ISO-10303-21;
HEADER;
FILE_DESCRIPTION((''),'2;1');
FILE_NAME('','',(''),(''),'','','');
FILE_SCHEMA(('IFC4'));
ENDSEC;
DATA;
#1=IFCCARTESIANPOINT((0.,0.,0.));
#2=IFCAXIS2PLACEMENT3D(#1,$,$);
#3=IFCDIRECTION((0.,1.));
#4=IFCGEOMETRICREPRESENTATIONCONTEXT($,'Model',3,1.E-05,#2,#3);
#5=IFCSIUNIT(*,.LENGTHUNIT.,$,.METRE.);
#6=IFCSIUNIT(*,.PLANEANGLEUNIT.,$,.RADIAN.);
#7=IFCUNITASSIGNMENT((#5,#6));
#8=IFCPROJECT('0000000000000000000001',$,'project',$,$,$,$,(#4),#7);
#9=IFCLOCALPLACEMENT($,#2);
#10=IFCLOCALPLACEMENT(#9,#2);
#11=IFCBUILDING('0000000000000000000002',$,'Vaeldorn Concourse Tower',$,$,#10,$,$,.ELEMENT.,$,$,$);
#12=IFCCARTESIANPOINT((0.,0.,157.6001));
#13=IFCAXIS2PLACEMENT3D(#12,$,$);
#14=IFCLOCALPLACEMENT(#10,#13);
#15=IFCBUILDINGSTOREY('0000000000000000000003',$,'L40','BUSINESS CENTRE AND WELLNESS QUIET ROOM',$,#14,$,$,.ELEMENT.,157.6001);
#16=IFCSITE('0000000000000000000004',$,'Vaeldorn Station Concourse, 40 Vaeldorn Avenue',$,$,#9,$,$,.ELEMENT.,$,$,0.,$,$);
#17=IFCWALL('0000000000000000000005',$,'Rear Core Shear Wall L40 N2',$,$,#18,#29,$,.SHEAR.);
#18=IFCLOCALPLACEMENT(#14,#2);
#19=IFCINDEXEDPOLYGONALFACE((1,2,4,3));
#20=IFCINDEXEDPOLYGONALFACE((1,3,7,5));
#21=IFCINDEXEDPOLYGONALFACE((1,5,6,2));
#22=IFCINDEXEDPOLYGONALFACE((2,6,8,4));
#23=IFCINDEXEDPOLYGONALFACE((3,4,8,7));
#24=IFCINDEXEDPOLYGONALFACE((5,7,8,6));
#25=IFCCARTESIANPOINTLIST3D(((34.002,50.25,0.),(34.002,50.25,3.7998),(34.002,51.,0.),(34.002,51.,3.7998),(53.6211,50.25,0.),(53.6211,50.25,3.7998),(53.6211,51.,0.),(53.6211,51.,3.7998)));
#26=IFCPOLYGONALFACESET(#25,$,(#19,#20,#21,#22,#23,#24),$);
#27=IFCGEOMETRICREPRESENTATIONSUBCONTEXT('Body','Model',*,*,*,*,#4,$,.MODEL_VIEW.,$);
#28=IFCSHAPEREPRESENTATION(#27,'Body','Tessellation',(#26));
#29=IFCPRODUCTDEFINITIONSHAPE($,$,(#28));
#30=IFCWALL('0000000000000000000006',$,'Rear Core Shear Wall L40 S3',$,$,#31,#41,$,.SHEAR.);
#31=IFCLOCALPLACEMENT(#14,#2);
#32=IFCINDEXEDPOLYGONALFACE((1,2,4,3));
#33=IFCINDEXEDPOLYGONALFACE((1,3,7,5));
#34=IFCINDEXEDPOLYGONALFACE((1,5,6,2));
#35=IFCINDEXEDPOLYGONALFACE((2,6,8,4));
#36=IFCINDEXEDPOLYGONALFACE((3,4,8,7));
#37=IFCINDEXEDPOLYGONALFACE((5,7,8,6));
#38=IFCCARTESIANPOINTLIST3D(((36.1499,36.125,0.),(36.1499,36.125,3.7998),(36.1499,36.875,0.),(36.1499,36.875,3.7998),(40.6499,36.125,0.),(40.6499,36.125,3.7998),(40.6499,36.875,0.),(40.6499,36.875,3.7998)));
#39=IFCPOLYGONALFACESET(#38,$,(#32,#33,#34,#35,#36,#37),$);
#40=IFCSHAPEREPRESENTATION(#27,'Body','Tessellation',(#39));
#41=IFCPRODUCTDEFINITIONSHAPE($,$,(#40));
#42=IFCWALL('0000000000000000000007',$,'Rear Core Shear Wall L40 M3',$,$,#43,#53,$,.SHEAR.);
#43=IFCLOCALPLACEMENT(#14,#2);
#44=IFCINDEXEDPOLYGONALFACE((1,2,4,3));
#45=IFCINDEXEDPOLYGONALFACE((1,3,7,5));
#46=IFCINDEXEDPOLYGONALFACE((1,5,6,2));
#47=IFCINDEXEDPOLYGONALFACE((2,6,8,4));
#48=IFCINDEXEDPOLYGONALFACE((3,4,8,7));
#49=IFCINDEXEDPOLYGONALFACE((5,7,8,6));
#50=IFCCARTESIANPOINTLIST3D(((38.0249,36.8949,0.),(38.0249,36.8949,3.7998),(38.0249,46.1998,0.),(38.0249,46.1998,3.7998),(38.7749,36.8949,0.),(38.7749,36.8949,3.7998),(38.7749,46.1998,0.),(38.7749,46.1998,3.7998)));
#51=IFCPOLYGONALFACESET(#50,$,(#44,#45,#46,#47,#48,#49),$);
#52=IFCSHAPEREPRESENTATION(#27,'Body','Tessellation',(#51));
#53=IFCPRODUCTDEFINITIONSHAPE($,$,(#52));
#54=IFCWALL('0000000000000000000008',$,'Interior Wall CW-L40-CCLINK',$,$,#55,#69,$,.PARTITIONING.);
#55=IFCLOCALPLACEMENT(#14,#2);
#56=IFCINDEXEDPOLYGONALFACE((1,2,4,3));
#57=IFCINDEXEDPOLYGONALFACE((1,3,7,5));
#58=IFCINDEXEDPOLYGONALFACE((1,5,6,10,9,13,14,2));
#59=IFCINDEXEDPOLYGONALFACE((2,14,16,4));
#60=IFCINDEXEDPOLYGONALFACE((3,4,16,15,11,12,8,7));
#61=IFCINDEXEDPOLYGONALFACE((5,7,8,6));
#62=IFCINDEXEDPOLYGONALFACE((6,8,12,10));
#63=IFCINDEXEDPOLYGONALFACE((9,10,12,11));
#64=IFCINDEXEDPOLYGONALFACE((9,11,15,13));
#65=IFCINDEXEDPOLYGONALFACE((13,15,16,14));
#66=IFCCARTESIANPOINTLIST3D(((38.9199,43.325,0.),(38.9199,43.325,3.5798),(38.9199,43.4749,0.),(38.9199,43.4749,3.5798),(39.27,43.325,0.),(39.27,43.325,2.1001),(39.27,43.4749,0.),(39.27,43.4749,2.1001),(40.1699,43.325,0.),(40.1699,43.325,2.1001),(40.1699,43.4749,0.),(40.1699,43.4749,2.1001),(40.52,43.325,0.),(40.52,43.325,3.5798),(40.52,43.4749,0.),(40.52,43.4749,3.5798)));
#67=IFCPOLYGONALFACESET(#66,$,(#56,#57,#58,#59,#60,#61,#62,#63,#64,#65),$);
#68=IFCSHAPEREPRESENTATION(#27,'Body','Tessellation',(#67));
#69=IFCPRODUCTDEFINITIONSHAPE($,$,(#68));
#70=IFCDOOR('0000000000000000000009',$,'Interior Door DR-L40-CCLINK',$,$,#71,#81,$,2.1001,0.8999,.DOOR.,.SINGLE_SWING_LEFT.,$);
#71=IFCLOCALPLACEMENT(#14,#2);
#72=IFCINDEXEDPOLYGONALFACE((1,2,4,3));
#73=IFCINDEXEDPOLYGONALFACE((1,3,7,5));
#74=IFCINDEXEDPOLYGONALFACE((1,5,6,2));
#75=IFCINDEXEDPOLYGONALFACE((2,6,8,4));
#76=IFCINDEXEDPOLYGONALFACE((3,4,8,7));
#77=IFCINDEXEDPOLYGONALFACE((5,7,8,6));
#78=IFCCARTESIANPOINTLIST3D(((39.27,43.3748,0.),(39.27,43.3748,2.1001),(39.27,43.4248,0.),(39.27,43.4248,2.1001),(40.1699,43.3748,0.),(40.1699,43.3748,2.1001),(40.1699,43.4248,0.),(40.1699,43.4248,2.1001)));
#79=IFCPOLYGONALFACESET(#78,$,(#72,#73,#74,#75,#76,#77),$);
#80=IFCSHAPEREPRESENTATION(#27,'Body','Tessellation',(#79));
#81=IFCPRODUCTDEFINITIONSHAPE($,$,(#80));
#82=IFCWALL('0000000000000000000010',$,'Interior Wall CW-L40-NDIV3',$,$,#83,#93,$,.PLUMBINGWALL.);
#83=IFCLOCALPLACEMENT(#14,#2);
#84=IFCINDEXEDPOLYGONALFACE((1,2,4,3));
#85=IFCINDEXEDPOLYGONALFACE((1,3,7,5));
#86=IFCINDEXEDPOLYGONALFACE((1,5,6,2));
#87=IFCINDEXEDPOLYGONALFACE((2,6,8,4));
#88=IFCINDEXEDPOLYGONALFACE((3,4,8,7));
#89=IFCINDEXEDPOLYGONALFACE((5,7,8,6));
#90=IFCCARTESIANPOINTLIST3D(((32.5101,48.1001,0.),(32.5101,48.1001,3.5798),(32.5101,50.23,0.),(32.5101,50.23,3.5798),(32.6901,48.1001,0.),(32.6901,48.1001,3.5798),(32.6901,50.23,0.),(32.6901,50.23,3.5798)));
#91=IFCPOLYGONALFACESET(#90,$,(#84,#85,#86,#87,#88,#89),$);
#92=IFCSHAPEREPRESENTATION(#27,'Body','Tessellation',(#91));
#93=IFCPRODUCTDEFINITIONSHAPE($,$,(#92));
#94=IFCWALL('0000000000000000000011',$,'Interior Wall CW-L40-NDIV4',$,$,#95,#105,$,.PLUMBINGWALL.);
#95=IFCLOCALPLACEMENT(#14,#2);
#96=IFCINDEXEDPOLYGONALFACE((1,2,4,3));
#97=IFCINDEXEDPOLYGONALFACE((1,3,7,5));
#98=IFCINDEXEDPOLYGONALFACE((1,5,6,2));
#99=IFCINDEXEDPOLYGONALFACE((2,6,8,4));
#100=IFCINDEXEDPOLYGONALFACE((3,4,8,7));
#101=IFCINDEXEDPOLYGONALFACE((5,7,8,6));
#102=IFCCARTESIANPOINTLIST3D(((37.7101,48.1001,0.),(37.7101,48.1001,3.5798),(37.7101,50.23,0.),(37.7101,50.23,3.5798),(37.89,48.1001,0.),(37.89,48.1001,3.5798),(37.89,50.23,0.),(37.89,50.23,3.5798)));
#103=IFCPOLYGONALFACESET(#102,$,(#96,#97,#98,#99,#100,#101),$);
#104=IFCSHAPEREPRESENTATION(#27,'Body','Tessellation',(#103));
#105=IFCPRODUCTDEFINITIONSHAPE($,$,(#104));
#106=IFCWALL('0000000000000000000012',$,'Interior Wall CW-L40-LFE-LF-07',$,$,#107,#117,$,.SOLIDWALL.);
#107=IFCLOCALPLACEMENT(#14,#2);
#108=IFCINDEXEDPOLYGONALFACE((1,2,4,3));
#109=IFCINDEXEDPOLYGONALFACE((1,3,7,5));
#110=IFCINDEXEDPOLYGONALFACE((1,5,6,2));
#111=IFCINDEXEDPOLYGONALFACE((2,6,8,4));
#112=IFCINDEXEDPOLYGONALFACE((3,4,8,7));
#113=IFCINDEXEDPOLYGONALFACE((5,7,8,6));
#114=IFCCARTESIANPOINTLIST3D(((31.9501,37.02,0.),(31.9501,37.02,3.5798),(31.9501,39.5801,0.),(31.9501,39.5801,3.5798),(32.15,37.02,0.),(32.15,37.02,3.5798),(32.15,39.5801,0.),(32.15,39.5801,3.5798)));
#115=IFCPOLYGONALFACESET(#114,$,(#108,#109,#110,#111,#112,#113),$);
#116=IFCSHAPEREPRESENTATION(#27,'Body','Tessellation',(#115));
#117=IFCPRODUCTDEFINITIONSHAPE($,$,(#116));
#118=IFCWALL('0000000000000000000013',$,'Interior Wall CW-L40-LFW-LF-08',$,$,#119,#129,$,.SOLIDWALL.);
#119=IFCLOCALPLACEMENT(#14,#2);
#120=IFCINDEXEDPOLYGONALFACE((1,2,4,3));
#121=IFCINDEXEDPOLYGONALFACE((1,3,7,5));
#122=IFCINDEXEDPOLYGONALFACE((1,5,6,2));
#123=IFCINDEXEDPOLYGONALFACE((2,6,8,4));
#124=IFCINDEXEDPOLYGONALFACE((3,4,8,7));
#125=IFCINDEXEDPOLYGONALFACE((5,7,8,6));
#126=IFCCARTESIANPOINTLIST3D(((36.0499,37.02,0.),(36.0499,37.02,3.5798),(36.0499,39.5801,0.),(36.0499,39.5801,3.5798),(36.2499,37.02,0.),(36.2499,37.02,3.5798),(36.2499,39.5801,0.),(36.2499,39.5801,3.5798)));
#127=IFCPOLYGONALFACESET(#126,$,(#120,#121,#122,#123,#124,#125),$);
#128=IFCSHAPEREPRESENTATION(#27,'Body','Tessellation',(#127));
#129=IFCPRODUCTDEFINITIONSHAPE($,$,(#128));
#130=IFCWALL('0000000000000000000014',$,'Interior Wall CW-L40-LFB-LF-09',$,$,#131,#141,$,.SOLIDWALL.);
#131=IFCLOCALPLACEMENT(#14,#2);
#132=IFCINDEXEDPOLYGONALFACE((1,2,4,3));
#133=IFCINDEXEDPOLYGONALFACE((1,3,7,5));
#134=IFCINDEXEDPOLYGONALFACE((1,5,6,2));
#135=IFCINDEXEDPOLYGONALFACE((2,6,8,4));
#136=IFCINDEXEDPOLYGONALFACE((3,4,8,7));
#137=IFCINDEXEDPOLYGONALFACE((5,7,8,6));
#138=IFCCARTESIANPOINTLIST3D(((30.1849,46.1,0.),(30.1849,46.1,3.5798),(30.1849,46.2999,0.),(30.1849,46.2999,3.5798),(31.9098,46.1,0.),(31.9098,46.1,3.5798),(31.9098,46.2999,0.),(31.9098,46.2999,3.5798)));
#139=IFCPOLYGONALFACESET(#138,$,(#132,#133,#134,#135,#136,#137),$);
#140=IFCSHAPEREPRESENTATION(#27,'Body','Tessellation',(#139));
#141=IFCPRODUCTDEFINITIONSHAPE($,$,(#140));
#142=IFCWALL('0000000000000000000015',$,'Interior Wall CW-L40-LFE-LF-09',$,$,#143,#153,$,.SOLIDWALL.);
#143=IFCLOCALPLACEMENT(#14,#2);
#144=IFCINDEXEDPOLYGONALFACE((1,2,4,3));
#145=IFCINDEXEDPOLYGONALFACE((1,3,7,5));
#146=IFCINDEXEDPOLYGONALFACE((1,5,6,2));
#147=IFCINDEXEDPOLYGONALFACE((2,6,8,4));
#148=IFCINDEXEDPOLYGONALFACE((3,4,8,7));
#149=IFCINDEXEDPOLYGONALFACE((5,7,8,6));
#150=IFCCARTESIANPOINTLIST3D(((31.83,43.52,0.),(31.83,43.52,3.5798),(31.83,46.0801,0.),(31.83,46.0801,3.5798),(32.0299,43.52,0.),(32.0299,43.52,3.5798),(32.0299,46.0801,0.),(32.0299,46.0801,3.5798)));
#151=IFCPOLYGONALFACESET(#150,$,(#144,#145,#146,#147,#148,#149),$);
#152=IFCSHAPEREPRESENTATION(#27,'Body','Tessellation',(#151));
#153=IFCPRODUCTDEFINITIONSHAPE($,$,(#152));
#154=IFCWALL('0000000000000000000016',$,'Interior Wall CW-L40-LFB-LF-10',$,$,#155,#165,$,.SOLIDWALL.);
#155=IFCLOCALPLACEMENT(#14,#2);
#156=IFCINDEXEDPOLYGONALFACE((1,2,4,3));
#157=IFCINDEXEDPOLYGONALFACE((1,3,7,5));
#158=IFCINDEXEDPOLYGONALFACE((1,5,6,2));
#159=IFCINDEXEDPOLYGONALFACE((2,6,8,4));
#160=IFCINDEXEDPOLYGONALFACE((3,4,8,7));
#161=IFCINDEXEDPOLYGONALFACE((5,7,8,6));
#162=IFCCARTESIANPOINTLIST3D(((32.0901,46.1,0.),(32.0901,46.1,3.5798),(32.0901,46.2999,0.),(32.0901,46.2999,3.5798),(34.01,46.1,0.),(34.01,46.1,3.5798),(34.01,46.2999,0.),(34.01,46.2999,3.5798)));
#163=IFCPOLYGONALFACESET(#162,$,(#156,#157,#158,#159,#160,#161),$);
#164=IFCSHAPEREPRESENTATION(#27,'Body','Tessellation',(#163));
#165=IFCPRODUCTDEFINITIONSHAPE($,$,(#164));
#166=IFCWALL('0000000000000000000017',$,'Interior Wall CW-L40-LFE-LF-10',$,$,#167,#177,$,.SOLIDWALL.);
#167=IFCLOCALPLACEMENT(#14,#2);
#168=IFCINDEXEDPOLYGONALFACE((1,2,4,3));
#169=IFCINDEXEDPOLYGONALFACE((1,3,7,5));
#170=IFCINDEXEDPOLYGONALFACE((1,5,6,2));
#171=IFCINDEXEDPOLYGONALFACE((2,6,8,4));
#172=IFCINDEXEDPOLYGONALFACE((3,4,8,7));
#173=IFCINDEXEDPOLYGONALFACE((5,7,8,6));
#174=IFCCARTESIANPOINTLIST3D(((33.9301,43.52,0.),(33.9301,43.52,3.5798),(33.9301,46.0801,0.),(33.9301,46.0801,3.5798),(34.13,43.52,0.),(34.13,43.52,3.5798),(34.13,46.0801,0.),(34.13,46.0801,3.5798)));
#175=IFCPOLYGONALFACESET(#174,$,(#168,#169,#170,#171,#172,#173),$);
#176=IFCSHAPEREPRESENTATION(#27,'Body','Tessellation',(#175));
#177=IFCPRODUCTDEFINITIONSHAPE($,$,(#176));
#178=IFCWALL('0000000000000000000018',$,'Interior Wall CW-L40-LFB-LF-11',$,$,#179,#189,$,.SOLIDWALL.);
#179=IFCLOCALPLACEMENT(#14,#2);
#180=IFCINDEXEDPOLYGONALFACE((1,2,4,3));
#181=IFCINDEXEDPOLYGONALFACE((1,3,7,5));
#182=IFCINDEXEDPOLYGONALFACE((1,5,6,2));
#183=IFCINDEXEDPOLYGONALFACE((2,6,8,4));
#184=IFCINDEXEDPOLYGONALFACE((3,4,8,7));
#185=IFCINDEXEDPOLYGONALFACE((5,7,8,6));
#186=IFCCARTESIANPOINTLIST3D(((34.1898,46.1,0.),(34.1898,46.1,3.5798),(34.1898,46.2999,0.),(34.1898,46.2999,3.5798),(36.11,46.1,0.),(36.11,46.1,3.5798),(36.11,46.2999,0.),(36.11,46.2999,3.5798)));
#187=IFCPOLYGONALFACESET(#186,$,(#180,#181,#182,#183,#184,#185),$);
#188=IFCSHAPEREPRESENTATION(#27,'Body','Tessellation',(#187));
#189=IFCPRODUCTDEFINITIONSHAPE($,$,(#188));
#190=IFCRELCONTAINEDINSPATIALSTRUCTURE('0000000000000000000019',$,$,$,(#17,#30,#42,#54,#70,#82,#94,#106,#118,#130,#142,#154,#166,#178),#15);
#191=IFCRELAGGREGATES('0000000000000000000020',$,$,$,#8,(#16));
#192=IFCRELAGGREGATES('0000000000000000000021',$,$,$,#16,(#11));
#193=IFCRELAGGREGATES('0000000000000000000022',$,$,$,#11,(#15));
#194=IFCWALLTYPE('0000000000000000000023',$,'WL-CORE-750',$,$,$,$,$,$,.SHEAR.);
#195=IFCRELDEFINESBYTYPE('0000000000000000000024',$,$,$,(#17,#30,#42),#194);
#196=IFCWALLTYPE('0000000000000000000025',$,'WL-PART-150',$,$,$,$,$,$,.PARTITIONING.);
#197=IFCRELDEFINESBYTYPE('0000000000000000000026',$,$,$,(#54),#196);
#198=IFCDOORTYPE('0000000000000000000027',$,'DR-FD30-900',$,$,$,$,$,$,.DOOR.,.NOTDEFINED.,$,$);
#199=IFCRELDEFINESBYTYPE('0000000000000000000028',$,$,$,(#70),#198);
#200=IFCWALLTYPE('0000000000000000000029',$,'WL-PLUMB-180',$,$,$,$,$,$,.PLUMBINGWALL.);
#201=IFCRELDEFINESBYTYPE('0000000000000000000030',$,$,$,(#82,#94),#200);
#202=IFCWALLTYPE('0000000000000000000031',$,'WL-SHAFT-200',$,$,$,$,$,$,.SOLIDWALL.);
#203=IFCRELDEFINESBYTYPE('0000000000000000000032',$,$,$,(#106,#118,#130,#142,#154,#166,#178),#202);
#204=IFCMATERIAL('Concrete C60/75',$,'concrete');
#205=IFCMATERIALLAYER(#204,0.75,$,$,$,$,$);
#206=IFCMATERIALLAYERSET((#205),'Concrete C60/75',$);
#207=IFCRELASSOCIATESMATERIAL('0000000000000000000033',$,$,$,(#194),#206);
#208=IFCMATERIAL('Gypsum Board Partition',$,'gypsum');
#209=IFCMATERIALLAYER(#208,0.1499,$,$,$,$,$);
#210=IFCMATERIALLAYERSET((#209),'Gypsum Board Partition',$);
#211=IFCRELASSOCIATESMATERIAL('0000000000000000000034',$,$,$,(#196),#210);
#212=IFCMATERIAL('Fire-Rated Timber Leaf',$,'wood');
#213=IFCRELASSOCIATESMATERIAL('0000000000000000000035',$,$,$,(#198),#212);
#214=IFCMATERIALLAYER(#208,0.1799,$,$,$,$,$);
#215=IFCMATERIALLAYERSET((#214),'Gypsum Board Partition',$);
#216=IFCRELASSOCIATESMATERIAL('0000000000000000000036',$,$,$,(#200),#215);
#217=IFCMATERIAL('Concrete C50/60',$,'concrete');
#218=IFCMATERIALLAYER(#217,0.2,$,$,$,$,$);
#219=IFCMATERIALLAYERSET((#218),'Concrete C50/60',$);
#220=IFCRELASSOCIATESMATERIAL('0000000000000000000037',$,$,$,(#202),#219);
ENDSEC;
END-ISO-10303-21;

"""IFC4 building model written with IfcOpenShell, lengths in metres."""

from ifc_helpers import new_model, si_unit, direction, frame, frame_2d, origin, place, context, subcontext, project, spatial, rectangle, extrude, source, transform, mapped, material, layer, layer_set, type_object, element, fill, save


model = new_model("IFC4")

# Units and contexts
model_context = context("Model", 3, precision=1e-05, world=origin(), true_north=direction((0.0, 1.0)))
body_context = subcontext(model_context, "Body", "Model", "MODEL_VIEW")
ifc_project = project(units=[si_unit("LENGTHUNIT", "METRE"), si_unit("PLANEANGLEUNIT", "RADIAN")], contexts=[model_context])

# Site, building, storey
site_placement = place(None, origin())
site = spatial("IfcSite", under=ifc_project, at=site_placement, Name="Vaeldorn Station Concourse, 40 Vaeldorn Avenue", CompositionType="ELEMENT", RefElevation=0.0)
building_placement = place(site_placement, origin())
building = spatial("IfcBuilding", under=site, at=building_placement, Name="Vaeldorn Concourse Tower", CompositionType="ELEMENT")
storey_placement = place(building_placement, frame((0.0, 0.0, 157.6001)))
storey = spatial("IfcBuildingStorey", under=building, at=storey_placement, Name="L40", Description="BUSINESS CENTRE AND WELLNESS QUIET ROOM", CompositionType="ELEMENT", Elevation=157.6001)

# Walls
ifc_material_1 = material(Name="Concrete C60/75", Category="concrete")
ifc_layer_1 = layer(ifc_material_1, 0.75)
ifc_layer_set_1 = layer_set([ifc_layer_1], Name="Concrete C60/75")
wall_type_1 = type_object("IfcWallType", Name="WL-CORE-750", PredefinedType="SHEAR", material=ifc_layer_set_1)
wall_1_placement = place(storey_placement, frame((34.002, 50.625, 0.0), z_axis=(0.0, 0.0, 1.0), x_axis=(1.0, 0.0, 0.0)))
element("IfcWall", 1, at=wall_1_placement, inside=storey, type_object=wall_type_1, Name="Rear Core Shear Wall L40 N2", PredefinedType="SHEAR", context=body_context, shape_type="SweptSolid", body=[
    extrude(rectangle(XDim=19.6191, YDim=0.75, at=frame_2d((9.8096, 0.0))), origin(), (0.0, 0.0, 1.0), 3.7998),
])
wall_2_placement = place(storey_placement, frame((36.1499, 36.5, 0.0), z_axis=(0.0, 0.0, 1.0), x_axis=(1.0, 0.0, 0.0)))
element("IfcWall", 2, at=wall_2_placement, inside=storey, type_object=wall_type_1, Name="Rear Core Shear Wall L40 S3", PredefinedType="SHEAR", context=body_context, shape_type="SweptSolid", body=[
    extrude(rectangle(XDim=4.5, YDim=0.75, at=frame_2d((2.25, 0.0))), origin(), (0.0, 0.0, 1.0), 3.7998),
])
wall_3_placement = place(storey_placement, frame((38.3999, 36.895, 0.0), z_axis=(0.0, 0.0, 1.0), x_axis=(0.0, 1.0, 0.0)))
element("IfcWall", 3, at=wall_3_placement, inside=storey, type_object=wall_type_1, Name="Rear Core Shear Wall L40 M3", PredefinedType="SHEAR", context=body_context, shape_type="SweptSolid", body=[
    extrude(rectangle(XDim=9.3049, YDim=0.75, at=frame_2d((4.6523, 0.0))), origin(), (0.0, 0.0, 1.0), 3.7998),
])

# Wall, opening, door
ifc_material_2 = material(Name="Gypsum Board Partition", Category="gypsum")
ifc_layer_2 = layer(ifc_material_2, 0.1499)
ifc_layer_set_2 = layer_set([ifc_layer_2], Name="Gypsum Board Partition")
wall_type_2 = type_object("IfcWallType", Name="WL-PART-150", PredefinedType="PARTITIONING", material=ifc_layer_set_2)
wall_4_placement = place(storey_placement, frame((38.9199, 43.3999, 0.0), z_axis=(0.0, 0.0, 1.0), x_axis=(1.0, 0.0, 0.0)))
wall_4 = element("IfcWall", 4, at=wall_4_placement, inside=storey, type_object=wall_type_2, Name="Interior Wall CW-L40-CCLINK", PredefinedType="PARTITIONING", context=body_context, shape_type="SweptSolid", body=[
    extrude(rectangle(XDim=1.6001, YDim=0.1499, at=frame_2d((0.8, 0.0))), origin(), (0.0, 0.0, 1.0), 3.5798),
])
opening_1_placement = place(wall_4_placement, frame((0.3501, 0.0, 0.0)))
opening_1 = element("IfcOpeningElement", 5, at=opening_1_placement, cuts=wall_4, PredefinedType="OPENING", context=body_context, shape_type="SweptSolid", body=[
    extrude(rectangle(XDim=0.8999, YDim=2.1001, at=frame_2d((0.45, 1.05))), frame((0.0, 0.085, 0.0), z_axis=(0.0, -1.0, 0.0), x_axis=(1.0, 0.0, 0.0)), (0.0, 0.0, 1.0), 0.1699),
])
ifc_material_3 = material(Name="Fire-Rated Timber Leaf", Category="wood")
door_type_1 = type_object("IfcDoorType", Name="DR-FD30-900", OperationType="NOTDEFINED", PredefinedType="DOOR", material=ifc_material_3)
shared_shape_1 = source(origin(), body_context, "Body", "SweptSolid", [
    extrude(rectangle(XDim=0.8999, YDim=2.1001, at=frame_2d((0.45, 1.05))), frame((0.0, 0.0249, 0.0), z_axis=(0.0, -1.0, 0.0), x_axis=(1.0, 0.0, 0.0)), (0.0, 0.0, 1.0), 0.05),
])
door_1_placement = place(opening_1_placement, origin())
door_1 = element("IfcDoor", 6, at=door_1_placement, inside=storey, type_object=door_type_1, Name="Interior Door DR-L40-CCLINK", OperationType="SINGLE_SWING_LEFT", OverallHeight=2.1001, OverallWidth=0.8999, PredefinedType="DOOR", context=body_context, shape_type="MappedRepresentation", body=[
    mapped(shared_shape_1, transform((0.0, 0.0, 0.0), scale=1.0)),
])
fill(opening_1, door_1)

# Walls
ifc_layer_3 = layer(ifc_material_2, 0.1799)
ifc_layer_set_3 = layer_set([ifc_layer_3], Name="Gypsum Board Partition")
wall_type_3 = type_object("IfcWallType", Name="WL-PLUMB-180", PredefinedType="PLUMBINGWALL", material=ifc_layer_set_3)
for number, where, z_axis, x_axis, name in (
    (7, (32.6001, 48.1001, 0.0), (0.0, 0.0, 1.0), (0.0, 1.0, 0.0), "Interior Wall CW-L40-NDIV3"),
    (8, (37.8, 48.1001, 0.0), (0.0, 0.0, 1.0), (0.0, 1.0, 0.0), "Interior Wall CW-L40-NDIV4"),
):
    element("IfcWall", number, at=place(storey_placement, frame(where, z_axis=z_axis, x_axis=x_axis)), inside=storey, type_object=wall_type_3, Name=name, PredefinedType="PLUMBINGWALL", context=body_context, shape_type="SweptSolid", body=[
        extrude(rectangle(XDim=2.1299, YDim=0.1799, at=frame_2d((1.0649, 0.0))), origin(), (0.0, 0.0, 1.0), 3.5798),
    ])
ifc_material_4 = material(Name="Concrete C50/60", Category="concrete")
ifc_layer_4 = layer(ifc_material_4, 0.2)
ifc_layer_set_4 = layer_set([ifc_layer_4], Name="Concrete C50/60")
wall_type_4 = type_object("IfcWallType", Name="WL-SHAFT-200", PredefinedType="SOLIDWALL", material=ifc_layer_set_4)
wall_5_placement = place(storey_placement, frame((32.05, 37.02, 0.0), z_axis=(0.0, 0.0, 1.0), x_axis=(0.0, 1.0, 0.0)))
element("IfcWall", 9, at=wall_5_placement, inside=storey, type_object=wall_type_4, Name="Interior Wall CW-L40-LFE-LF-07", PredefinedType="SOLIDWALL", context=body_context, shape_type="SweptSolid", body=[
    extrude(rectangle(XDim=2.5601, YDim=0.2, at=frame_2d((1.28, 0.0))), origin(), (0.0, 0.0, 1.0), 3.5798),
])

# Walls
wall_6_placement = place(storey_placement, frame((36.1499, 37.02, 0.0), z_axis=(0.0, 0.0, 1.0), x_axis=(0.0, 1.0, 0.0)))
element("IfcWall", 10, at=wall_6_placement, inside=storey, type_object=wall_type_4, Name="Interior Wall CW-L40-LFW-LF-08", PredefinedType="SOLIDWALL", context=body_context, shape_type="SweptSolid", body=[
    extrude(rectangle(XDim=2.5601, YDim=0.2, at=frame_2d((1.28, 0.0))), origin(), (0.0, 0.0, 1.0), 3.5798),
])
wall_7_placement = place(storey_placement, frame((30.1851, 46.2, 0.0), z_axis=(0.0, 0.0, 1.0), x_axis=(1.0, 0.0, 0.0)))
element("IfcWall", 11, at=wall_7_placement, inside=storey, type_object=wall_type_4, Name="Interior Wall CW-L40-LFB-LF-09", PredefinedType="SOLIDWALL", context=body_context, shape_type="SweptSolid", body=[
    extrude(rectangle(XDim=1.7249, YDim=0.2, at=frame_2d((0.8623, 0.0))), origin(), (0.0, 0.0, 1.0), 3.5798),
])
wall_8_placement = place(storey_placement, frame((31.9299, 43.52, 0.0), z_axis=(0.0, 0.0, 1.0), x_axis=(0.0, 1.0, 0.0)))
element("IfcWall", 12, at=wall_8_placement, inside=storey, type_object=wall_type_4, Name="Interior Wall CW-L40-LFE-LF-09", PredefinedType="SOLIDWALL", context=body_context, shape_type="SweptSolid", body=[
    extrude(rectangle(XDim=2.5601, YDim=0.2, at=frame_2d((1.28, 0.0))), origin(), (0.0, 0.0, 1.0), 3.5798),
])

# Walls
wall_9_placement = place(storey_placement, frame((32.0901, 46.2, 0.0), z_axis=(0.0, 0.0, 1.0), x_axis=(1.0, 0.0, 0.0)))
element("IfcWall", 13, at=wall_9_placement, inside=storey, type_object=wall_type_4, Name="Interior Wall CW-L40-LFB-LF-10", PredefinedType="SOLIDWALL", context=body_context, shape_type="SweptSolid", body=[
    extrude(rectangle(XDim=1.9199, YDim=0.2, at=frame_2d((0.96, 0.0))), origin(), (0.0, 0.0, 1.0), 3.5798),
])
wall_10_placement = place(storey_placement, frame((34.03, 43.52, 0.0), z_axis=(0.0, 0.0, 1.0), x_axis=(0.0, 1.0, 0.0)))
element("IfcWall", 14, at=wall_10_placement, inside=storey, type_object=wall_type_4, Name="Interior Wall CW-L40-LFE-LF-10", PredefinedType="SOLIDWALL", context=body_context, shape_type="SweptSolid", body=[
    extrude(rectangle(XDim=2.5601, YDim=0.2, at=frame_2d((1.28, 0.0))), origin(), (0.0, 0.0, 1.0), 3.5798),
])

# Wall
wall_11_placement = place(storey_placement, frame((34.1899, 46.2, 0.0), z_axis=(0.0, 0.0, 1.0), x_axis=(1.0, 0.0, 0.0)))
element("IfcWall", 15, at=wall_11_placement, inside=storey, type_object=wall_type_4, Name="Interior Wall CW-L40-LFB-LF-11", PredefinedType="SOLIDWALL", context=body_context, shape_type="SweptSolid", body=[
    extrude(rectangle(XDim=1.9202, YDim=0.2, at=frame_2d((0.96, 0.0))), origin(), (0.0, 0.0, 1.0), 3.5798),
])

save(model, "model.ifc")
